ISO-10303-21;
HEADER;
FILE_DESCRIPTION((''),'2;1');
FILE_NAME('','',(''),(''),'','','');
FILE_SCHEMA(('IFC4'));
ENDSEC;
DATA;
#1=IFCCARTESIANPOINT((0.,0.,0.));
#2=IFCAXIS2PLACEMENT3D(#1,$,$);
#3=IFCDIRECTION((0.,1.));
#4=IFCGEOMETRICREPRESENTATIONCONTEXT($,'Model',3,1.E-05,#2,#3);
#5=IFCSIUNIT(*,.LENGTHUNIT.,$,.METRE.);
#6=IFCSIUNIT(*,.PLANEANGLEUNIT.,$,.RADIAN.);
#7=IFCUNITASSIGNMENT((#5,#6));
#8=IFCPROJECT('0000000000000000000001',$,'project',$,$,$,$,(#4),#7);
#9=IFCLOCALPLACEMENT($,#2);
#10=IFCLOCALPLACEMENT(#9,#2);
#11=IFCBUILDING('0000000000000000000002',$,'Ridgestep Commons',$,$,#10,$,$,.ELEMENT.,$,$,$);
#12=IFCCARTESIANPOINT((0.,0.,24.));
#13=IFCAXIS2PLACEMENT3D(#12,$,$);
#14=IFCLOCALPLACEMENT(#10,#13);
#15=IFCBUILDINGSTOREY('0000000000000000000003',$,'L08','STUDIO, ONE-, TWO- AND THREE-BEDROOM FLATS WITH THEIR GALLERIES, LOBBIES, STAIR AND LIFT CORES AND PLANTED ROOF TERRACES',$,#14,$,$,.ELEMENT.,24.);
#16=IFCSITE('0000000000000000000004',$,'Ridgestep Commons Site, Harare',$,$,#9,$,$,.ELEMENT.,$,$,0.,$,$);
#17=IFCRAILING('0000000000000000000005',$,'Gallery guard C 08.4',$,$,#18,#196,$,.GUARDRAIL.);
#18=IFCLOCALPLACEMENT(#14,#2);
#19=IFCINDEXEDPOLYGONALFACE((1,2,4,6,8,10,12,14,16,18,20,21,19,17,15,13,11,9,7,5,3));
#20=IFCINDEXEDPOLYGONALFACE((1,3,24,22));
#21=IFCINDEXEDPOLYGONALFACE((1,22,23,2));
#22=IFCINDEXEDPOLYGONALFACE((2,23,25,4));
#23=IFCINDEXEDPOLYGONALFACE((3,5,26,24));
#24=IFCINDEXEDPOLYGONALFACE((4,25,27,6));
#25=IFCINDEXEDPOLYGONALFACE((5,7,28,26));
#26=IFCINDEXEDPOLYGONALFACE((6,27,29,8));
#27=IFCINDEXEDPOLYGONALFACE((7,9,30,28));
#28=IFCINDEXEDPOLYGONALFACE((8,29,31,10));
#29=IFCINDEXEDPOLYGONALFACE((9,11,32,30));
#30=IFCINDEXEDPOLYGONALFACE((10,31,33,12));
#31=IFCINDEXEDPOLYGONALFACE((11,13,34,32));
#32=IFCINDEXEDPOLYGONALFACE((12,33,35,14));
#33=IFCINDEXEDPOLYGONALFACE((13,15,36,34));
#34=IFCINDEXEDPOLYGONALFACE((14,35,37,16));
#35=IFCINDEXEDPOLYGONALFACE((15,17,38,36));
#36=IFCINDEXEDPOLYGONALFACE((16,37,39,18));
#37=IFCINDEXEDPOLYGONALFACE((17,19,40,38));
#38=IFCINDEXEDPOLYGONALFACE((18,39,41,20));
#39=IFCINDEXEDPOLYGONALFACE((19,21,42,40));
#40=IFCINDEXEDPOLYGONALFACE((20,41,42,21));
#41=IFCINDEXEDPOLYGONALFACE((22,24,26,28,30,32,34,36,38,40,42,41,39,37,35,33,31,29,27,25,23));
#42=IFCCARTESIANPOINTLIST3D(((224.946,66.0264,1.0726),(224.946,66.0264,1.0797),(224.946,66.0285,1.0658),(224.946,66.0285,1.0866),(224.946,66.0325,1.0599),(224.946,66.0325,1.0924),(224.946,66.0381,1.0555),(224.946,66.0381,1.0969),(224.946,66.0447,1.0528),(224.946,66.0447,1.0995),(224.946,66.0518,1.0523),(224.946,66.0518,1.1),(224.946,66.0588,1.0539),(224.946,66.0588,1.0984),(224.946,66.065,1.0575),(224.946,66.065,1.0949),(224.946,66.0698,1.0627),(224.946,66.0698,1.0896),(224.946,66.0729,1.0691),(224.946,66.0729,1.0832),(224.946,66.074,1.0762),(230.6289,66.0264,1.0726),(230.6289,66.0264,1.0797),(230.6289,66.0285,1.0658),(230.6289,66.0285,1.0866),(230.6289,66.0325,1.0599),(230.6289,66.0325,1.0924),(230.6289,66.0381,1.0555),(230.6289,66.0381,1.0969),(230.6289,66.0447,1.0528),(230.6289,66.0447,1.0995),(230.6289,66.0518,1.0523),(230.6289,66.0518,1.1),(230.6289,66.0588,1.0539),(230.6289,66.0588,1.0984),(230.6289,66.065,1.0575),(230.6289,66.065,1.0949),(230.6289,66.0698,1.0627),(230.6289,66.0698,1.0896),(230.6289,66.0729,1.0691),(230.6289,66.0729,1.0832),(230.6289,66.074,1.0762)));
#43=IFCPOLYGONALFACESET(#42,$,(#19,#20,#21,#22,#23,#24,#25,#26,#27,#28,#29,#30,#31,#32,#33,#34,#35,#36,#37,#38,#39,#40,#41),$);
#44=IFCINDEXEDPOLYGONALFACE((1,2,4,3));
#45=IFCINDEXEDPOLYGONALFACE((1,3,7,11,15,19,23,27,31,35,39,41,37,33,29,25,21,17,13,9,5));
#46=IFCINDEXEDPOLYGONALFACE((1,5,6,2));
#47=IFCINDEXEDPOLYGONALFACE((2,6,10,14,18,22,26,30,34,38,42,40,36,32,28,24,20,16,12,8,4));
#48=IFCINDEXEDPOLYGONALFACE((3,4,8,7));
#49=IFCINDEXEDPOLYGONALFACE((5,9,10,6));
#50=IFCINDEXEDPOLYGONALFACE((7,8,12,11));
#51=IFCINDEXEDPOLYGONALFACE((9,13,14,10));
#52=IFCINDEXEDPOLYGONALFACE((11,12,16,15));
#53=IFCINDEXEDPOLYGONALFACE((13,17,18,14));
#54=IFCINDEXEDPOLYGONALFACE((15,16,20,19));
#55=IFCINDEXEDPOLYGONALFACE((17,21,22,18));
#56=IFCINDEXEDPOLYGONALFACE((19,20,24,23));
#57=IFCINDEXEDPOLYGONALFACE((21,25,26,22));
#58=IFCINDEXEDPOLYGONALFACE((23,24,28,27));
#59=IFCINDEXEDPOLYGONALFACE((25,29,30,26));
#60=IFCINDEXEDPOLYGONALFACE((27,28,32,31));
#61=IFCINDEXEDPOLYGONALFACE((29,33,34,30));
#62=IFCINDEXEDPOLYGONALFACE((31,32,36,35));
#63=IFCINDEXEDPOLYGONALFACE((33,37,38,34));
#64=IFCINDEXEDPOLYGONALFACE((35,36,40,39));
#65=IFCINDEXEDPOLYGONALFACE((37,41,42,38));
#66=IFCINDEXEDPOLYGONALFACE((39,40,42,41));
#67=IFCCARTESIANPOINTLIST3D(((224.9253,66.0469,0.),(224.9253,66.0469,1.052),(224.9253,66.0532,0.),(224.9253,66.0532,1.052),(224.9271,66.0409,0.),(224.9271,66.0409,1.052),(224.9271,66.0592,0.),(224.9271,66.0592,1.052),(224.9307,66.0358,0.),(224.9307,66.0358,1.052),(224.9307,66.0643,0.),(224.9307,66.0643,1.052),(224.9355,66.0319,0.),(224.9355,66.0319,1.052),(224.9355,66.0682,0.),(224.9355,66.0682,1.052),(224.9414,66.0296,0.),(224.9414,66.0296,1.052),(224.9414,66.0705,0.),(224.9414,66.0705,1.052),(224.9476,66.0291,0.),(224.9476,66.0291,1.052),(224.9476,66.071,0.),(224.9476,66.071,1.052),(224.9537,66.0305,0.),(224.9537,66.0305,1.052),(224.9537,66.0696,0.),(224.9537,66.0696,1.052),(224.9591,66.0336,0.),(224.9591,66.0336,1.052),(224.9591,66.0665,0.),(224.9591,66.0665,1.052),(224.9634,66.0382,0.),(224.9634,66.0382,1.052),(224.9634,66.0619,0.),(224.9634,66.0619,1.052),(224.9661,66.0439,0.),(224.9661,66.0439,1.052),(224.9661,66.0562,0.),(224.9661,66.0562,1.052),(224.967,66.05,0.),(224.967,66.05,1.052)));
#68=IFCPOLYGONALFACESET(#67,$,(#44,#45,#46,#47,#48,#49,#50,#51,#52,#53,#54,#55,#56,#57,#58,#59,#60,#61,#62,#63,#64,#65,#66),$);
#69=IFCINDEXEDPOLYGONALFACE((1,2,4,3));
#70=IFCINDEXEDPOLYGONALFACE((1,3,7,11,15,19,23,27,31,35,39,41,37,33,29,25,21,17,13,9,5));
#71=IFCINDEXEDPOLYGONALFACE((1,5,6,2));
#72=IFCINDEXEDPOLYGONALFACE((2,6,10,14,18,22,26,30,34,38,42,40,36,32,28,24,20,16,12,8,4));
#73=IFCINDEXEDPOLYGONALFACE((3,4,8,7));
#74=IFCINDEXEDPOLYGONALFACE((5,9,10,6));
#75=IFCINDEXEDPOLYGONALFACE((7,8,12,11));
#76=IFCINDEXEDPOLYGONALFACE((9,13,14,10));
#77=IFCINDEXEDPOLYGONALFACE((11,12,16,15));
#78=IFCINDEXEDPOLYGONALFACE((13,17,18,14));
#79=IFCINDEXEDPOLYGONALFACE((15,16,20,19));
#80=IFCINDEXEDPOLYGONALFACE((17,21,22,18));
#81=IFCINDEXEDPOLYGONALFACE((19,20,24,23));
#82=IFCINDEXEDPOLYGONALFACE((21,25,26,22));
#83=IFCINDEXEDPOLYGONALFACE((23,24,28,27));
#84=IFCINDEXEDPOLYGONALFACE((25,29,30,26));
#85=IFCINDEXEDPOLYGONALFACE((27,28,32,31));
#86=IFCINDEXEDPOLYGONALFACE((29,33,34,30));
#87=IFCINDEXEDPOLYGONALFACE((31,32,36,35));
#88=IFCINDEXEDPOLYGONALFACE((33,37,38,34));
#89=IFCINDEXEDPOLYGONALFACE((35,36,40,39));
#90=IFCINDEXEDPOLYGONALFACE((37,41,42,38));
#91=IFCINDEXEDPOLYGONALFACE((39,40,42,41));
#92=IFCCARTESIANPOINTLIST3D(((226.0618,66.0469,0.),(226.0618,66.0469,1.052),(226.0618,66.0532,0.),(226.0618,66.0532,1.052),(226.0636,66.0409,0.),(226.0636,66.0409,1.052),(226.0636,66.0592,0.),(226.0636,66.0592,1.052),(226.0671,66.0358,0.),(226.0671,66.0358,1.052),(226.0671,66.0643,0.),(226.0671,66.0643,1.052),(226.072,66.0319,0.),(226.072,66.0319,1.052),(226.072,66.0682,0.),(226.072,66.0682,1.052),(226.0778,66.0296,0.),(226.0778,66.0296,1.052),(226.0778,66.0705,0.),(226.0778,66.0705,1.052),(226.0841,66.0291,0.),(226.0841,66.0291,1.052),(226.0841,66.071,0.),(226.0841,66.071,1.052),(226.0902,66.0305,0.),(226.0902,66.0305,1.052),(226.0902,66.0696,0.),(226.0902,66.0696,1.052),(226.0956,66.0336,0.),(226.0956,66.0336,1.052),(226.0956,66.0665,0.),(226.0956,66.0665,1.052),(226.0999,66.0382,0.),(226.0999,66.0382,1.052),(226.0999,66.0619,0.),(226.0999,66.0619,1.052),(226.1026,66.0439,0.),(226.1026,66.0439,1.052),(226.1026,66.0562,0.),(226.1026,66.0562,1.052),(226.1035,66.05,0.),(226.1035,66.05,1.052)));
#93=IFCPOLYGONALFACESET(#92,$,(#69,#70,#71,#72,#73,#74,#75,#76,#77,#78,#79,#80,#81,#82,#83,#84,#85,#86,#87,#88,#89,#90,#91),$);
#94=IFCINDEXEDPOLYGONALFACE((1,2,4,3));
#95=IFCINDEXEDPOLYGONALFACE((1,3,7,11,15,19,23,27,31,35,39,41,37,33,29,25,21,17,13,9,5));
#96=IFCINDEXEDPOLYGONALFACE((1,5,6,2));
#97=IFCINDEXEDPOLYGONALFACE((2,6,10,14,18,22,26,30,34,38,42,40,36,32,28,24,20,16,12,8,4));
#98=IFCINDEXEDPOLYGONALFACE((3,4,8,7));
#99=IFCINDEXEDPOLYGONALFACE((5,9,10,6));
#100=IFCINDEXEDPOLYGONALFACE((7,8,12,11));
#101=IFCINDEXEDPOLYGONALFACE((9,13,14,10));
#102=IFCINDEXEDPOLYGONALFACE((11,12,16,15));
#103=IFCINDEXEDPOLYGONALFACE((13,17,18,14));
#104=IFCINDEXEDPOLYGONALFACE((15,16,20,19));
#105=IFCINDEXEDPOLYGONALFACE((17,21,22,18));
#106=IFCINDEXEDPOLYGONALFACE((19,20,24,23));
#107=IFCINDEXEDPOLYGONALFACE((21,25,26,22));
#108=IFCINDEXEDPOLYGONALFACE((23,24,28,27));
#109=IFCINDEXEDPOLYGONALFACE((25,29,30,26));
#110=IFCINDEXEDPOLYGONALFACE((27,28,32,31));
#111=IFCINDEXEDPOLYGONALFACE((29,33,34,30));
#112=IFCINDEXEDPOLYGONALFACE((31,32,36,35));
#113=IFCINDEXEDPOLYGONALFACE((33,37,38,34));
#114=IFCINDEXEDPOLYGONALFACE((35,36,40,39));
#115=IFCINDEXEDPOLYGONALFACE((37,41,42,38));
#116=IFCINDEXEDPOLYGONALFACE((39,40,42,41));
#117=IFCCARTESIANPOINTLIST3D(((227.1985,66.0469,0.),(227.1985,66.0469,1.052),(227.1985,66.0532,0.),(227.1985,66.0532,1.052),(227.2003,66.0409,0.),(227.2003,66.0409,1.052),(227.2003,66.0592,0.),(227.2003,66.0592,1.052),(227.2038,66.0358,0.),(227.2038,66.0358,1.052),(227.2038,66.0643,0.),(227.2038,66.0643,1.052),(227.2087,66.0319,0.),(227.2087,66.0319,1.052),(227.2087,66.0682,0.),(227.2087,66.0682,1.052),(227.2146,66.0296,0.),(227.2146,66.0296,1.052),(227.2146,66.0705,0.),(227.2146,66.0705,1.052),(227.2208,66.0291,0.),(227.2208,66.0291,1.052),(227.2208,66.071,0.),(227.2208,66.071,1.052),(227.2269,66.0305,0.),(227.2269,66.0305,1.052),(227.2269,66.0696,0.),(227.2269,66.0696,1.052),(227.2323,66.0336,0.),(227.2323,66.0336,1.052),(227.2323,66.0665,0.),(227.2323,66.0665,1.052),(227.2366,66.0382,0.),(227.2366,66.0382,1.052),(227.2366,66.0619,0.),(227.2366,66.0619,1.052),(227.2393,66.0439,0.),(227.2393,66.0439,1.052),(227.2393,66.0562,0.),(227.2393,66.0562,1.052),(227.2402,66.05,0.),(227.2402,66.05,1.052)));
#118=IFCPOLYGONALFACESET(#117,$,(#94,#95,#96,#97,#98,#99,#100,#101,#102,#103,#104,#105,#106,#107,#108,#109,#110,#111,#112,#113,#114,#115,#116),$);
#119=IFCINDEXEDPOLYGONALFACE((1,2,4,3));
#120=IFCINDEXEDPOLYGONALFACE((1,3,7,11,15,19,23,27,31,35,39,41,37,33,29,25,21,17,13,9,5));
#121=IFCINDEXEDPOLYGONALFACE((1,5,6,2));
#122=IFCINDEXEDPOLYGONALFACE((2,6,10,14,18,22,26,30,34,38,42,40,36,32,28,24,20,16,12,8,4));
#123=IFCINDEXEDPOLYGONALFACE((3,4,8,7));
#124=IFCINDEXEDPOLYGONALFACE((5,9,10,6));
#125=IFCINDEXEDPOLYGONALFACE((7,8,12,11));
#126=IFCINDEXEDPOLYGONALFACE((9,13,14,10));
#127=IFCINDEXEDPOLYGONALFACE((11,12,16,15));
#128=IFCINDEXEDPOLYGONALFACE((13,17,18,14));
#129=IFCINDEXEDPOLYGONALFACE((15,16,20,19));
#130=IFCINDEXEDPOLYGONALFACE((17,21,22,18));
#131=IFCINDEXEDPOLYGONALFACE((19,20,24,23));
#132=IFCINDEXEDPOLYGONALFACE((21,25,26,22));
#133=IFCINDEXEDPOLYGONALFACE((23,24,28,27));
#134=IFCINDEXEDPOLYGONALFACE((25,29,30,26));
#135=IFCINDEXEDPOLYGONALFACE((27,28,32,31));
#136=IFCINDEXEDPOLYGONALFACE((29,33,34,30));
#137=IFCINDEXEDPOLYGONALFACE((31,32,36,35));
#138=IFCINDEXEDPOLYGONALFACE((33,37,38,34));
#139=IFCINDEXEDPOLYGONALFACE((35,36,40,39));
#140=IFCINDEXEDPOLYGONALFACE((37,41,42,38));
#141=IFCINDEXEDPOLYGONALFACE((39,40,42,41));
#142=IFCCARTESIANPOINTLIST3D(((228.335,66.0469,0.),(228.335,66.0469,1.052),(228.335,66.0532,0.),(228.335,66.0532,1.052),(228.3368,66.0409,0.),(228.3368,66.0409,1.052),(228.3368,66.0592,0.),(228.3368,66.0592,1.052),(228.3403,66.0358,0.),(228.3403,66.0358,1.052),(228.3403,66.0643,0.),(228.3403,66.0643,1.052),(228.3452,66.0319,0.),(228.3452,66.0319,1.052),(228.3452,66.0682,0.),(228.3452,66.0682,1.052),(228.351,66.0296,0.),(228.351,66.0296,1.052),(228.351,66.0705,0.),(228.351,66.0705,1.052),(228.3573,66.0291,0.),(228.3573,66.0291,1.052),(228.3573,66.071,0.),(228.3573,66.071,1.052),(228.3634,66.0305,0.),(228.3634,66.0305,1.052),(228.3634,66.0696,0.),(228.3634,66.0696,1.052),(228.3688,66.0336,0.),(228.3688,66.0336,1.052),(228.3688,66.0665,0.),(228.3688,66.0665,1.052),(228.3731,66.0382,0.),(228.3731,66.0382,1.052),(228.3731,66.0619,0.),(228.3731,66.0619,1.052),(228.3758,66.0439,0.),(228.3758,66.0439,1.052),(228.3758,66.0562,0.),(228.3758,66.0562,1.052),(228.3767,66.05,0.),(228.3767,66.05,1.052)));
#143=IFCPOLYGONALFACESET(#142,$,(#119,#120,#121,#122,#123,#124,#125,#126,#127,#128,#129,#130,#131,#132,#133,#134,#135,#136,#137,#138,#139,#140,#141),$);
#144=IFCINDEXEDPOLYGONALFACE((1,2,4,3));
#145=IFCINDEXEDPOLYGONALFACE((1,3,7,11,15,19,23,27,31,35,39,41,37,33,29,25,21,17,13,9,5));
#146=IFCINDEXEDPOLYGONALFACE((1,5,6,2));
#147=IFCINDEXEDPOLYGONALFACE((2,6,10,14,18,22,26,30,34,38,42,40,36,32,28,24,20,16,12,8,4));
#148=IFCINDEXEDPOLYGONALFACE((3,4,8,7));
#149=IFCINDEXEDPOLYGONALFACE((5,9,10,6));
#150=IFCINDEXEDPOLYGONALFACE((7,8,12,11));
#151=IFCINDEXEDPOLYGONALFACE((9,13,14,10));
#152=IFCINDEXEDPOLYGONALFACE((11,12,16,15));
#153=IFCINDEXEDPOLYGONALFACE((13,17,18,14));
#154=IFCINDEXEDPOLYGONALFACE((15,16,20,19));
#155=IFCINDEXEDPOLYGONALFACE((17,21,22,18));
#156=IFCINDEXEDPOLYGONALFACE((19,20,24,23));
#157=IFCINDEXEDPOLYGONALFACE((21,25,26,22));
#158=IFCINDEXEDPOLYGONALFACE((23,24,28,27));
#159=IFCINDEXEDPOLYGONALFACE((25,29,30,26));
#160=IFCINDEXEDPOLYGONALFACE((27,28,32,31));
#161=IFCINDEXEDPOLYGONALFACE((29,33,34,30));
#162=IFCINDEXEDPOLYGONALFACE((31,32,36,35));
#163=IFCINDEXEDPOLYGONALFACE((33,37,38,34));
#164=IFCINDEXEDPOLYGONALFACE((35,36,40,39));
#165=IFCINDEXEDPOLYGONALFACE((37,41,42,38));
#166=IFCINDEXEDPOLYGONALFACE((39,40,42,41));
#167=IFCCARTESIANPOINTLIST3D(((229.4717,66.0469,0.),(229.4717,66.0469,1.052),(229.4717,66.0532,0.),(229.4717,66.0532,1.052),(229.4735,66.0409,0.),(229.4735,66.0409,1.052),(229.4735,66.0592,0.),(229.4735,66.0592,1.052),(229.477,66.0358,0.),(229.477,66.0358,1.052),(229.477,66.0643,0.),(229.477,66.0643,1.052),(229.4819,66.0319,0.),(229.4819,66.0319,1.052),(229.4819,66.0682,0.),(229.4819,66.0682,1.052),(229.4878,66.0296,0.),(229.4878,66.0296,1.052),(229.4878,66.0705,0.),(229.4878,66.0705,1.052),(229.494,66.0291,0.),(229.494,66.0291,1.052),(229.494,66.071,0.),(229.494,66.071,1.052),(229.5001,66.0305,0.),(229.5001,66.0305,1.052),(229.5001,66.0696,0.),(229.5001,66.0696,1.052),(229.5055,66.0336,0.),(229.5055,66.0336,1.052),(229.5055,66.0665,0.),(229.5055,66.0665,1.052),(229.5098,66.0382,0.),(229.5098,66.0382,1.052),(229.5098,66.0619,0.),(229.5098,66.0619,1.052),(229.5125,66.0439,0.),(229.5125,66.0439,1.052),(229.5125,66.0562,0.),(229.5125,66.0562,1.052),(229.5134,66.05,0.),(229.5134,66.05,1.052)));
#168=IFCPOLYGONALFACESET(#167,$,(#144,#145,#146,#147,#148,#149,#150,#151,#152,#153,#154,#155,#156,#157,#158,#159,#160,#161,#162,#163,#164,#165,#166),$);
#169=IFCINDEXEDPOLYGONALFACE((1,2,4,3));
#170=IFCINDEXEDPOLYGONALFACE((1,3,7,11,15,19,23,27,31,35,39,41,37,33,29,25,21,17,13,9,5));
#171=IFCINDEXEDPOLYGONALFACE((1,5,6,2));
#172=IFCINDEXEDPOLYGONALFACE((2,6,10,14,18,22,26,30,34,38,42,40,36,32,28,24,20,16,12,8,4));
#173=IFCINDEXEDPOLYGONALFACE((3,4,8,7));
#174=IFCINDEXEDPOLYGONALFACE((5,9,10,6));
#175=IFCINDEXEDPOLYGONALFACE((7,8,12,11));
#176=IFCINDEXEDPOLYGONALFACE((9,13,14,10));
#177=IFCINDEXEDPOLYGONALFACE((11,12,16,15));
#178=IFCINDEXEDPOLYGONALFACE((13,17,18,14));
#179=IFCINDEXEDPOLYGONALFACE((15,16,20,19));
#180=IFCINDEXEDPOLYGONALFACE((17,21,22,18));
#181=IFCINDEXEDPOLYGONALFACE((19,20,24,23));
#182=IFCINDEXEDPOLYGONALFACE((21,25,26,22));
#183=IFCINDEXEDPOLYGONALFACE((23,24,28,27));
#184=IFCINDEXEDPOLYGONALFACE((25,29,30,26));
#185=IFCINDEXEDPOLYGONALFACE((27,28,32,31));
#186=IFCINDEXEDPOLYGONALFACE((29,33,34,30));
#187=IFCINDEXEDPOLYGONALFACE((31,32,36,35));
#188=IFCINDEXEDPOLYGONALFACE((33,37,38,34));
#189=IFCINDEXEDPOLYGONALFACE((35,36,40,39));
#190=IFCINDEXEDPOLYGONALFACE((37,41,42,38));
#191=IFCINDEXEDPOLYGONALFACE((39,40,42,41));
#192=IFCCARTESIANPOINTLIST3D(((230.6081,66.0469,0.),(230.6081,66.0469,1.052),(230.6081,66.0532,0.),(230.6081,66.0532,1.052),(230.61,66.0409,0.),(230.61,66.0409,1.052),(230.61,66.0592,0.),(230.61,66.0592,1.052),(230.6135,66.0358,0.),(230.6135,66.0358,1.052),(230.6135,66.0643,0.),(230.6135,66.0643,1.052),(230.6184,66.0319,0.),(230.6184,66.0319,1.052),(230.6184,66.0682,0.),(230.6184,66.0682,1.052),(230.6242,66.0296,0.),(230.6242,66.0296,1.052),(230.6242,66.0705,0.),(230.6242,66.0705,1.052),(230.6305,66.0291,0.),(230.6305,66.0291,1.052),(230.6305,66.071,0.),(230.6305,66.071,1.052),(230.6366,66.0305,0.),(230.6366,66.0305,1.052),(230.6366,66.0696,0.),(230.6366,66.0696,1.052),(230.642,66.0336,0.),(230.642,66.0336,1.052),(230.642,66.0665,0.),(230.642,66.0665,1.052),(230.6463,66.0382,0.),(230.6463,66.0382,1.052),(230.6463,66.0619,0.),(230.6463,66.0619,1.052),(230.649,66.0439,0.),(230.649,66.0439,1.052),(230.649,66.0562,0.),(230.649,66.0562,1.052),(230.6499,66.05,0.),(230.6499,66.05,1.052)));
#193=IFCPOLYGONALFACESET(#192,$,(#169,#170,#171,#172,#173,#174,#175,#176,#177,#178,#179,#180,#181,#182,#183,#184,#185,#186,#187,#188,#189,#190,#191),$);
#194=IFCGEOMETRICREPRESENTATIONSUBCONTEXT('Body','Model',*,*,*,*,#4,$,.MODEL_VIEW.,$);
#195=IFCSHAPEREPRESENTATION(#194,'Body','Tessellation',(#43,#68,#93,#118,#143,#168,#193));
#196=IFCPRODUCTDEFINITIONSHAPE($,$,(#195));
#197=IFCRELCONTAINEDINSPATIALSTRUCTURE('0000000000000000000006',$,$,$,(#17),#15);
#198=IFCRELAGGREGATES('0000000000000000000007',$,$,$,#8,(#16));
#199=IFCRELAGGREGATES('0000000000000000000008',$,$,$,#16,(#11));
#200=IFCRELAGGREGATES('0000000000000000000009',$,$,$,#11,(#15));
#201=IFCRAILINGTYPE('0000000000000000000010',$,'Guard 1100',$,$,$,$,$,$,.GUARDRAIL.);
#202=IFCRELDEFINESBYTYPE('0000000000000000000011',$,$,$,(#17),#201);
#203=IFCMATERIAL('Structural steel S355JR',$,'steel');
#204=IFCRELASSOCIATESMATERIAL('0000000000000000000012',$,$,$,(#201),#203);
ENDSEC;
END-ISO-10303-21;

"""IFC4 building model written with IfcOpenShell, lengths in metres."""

from ifc_helpers import new_model, si_unit, direction, frame, origin, origin_2d, place, context, subcontext, project, spatial, circle, extrude, material, type_object, element, save


model = new_model("IFC4")

# Units and contexts
model_context = context("Model", 3, precision=1e-05, world=origin(), true_north=direction((0.0, 1.0)))
body_context = subcontext(model_context, "Body", "Model", "MODEL_VIEW")
ifc_project = project(units=[si_unit("LENGTHUNIT", "METRE"), si_unit("PLANEANGLEUNIT", "RADIAN")], contexts=[model_context])

# Site, building, storey
site_placement = place(None, origin())
site = spatial("IfcSite", under=ifc_project, at=site_placement, Name="Ridgestep Commons Site, Harare", CompositionType="ELEMENT", RefElevation=0.0)
building_placement = place(site_placement, origin())
building = spatial("IfcBuilding", under=site, at=building_placement, Name="Ridgestep Commons", CompositionType="ELEMENT")
storey_placement = place(building_placement, frame((0.0, 0.0, 24.0)))
storey = spatial("IfcBuildingStorey", under=building, at=storey_placement, Name="L08", Description="STUDIO, ONE-, TWO- AND THREE-BEDROOM FLATS WITH THEIR GALLERIES, LOBBIES, STAIR AND LIFT CORES AND PLANTED ROOF TERRACES", CompositionType="ELEMENT", Elevation=24.0)

# Railing
ifc_material_1 = material(Name="Structural steel S355JR", Category="steel")
railing_type_1 = type_object("IfcRailingType", Name="Guard 1100", PredefinedType="GUARDRAIL", material=ifc_material_1)
railing_1_placement = place(storey_placement, frame((224.946, 66.05, 0.0)))
element("IfcRailing", 1, at=railing_1_placement, inside=storey, type_object=railing_type_1, Name="Gallery guard C 08.4", PredefinedType="GUARDRAIL", context=body_context, shape_type="SweptSolid", body=[
    extrude(circle(Radius=0.0239, at=origin_2d()), frame((0.0, 0.0, 1.0762), z_axis=(1.0, 0.0, 0.0), x_axis=(0.0, 1.0, 0.0)), (0.0, 0.0, 1.0), 5.6829),
    extrude(circle(Radius=0.021, at=origin_2d()), origin(), (0.0, 0.0, 1.0), 1.052),
    extrude(circle(Radius=0.021, at=origin_2d()), frame((1.1365, 0.0, 0.0)), (0.0, 0.0, 1.0), 1.052),
    extrude(circle(Radius=0.021, at=origin_2d()), frame((2.2732, 0.0, 0.0)), (0.0, 0.0, 1.0), 1.052),
    extrude(circle(Radius=0.021, at=origin_2d()), frame((3.4097, 0.0, 0.0)), (0.0, 0.0, 1.0), 1.052),
    extrude(circle(Radius=0.021, at=origin_2d()), frame((4.5464, 0.0, 0.0)), (0.0, 0.0, 1.0), 1.052),
    extrude(circle(Radius=0.021, at=origin_2d()), frame((5.6829, 0.0, 0.0)), (0.0, 0.0, 1.0), 1.052),
])

save(model, "model.ifc")
